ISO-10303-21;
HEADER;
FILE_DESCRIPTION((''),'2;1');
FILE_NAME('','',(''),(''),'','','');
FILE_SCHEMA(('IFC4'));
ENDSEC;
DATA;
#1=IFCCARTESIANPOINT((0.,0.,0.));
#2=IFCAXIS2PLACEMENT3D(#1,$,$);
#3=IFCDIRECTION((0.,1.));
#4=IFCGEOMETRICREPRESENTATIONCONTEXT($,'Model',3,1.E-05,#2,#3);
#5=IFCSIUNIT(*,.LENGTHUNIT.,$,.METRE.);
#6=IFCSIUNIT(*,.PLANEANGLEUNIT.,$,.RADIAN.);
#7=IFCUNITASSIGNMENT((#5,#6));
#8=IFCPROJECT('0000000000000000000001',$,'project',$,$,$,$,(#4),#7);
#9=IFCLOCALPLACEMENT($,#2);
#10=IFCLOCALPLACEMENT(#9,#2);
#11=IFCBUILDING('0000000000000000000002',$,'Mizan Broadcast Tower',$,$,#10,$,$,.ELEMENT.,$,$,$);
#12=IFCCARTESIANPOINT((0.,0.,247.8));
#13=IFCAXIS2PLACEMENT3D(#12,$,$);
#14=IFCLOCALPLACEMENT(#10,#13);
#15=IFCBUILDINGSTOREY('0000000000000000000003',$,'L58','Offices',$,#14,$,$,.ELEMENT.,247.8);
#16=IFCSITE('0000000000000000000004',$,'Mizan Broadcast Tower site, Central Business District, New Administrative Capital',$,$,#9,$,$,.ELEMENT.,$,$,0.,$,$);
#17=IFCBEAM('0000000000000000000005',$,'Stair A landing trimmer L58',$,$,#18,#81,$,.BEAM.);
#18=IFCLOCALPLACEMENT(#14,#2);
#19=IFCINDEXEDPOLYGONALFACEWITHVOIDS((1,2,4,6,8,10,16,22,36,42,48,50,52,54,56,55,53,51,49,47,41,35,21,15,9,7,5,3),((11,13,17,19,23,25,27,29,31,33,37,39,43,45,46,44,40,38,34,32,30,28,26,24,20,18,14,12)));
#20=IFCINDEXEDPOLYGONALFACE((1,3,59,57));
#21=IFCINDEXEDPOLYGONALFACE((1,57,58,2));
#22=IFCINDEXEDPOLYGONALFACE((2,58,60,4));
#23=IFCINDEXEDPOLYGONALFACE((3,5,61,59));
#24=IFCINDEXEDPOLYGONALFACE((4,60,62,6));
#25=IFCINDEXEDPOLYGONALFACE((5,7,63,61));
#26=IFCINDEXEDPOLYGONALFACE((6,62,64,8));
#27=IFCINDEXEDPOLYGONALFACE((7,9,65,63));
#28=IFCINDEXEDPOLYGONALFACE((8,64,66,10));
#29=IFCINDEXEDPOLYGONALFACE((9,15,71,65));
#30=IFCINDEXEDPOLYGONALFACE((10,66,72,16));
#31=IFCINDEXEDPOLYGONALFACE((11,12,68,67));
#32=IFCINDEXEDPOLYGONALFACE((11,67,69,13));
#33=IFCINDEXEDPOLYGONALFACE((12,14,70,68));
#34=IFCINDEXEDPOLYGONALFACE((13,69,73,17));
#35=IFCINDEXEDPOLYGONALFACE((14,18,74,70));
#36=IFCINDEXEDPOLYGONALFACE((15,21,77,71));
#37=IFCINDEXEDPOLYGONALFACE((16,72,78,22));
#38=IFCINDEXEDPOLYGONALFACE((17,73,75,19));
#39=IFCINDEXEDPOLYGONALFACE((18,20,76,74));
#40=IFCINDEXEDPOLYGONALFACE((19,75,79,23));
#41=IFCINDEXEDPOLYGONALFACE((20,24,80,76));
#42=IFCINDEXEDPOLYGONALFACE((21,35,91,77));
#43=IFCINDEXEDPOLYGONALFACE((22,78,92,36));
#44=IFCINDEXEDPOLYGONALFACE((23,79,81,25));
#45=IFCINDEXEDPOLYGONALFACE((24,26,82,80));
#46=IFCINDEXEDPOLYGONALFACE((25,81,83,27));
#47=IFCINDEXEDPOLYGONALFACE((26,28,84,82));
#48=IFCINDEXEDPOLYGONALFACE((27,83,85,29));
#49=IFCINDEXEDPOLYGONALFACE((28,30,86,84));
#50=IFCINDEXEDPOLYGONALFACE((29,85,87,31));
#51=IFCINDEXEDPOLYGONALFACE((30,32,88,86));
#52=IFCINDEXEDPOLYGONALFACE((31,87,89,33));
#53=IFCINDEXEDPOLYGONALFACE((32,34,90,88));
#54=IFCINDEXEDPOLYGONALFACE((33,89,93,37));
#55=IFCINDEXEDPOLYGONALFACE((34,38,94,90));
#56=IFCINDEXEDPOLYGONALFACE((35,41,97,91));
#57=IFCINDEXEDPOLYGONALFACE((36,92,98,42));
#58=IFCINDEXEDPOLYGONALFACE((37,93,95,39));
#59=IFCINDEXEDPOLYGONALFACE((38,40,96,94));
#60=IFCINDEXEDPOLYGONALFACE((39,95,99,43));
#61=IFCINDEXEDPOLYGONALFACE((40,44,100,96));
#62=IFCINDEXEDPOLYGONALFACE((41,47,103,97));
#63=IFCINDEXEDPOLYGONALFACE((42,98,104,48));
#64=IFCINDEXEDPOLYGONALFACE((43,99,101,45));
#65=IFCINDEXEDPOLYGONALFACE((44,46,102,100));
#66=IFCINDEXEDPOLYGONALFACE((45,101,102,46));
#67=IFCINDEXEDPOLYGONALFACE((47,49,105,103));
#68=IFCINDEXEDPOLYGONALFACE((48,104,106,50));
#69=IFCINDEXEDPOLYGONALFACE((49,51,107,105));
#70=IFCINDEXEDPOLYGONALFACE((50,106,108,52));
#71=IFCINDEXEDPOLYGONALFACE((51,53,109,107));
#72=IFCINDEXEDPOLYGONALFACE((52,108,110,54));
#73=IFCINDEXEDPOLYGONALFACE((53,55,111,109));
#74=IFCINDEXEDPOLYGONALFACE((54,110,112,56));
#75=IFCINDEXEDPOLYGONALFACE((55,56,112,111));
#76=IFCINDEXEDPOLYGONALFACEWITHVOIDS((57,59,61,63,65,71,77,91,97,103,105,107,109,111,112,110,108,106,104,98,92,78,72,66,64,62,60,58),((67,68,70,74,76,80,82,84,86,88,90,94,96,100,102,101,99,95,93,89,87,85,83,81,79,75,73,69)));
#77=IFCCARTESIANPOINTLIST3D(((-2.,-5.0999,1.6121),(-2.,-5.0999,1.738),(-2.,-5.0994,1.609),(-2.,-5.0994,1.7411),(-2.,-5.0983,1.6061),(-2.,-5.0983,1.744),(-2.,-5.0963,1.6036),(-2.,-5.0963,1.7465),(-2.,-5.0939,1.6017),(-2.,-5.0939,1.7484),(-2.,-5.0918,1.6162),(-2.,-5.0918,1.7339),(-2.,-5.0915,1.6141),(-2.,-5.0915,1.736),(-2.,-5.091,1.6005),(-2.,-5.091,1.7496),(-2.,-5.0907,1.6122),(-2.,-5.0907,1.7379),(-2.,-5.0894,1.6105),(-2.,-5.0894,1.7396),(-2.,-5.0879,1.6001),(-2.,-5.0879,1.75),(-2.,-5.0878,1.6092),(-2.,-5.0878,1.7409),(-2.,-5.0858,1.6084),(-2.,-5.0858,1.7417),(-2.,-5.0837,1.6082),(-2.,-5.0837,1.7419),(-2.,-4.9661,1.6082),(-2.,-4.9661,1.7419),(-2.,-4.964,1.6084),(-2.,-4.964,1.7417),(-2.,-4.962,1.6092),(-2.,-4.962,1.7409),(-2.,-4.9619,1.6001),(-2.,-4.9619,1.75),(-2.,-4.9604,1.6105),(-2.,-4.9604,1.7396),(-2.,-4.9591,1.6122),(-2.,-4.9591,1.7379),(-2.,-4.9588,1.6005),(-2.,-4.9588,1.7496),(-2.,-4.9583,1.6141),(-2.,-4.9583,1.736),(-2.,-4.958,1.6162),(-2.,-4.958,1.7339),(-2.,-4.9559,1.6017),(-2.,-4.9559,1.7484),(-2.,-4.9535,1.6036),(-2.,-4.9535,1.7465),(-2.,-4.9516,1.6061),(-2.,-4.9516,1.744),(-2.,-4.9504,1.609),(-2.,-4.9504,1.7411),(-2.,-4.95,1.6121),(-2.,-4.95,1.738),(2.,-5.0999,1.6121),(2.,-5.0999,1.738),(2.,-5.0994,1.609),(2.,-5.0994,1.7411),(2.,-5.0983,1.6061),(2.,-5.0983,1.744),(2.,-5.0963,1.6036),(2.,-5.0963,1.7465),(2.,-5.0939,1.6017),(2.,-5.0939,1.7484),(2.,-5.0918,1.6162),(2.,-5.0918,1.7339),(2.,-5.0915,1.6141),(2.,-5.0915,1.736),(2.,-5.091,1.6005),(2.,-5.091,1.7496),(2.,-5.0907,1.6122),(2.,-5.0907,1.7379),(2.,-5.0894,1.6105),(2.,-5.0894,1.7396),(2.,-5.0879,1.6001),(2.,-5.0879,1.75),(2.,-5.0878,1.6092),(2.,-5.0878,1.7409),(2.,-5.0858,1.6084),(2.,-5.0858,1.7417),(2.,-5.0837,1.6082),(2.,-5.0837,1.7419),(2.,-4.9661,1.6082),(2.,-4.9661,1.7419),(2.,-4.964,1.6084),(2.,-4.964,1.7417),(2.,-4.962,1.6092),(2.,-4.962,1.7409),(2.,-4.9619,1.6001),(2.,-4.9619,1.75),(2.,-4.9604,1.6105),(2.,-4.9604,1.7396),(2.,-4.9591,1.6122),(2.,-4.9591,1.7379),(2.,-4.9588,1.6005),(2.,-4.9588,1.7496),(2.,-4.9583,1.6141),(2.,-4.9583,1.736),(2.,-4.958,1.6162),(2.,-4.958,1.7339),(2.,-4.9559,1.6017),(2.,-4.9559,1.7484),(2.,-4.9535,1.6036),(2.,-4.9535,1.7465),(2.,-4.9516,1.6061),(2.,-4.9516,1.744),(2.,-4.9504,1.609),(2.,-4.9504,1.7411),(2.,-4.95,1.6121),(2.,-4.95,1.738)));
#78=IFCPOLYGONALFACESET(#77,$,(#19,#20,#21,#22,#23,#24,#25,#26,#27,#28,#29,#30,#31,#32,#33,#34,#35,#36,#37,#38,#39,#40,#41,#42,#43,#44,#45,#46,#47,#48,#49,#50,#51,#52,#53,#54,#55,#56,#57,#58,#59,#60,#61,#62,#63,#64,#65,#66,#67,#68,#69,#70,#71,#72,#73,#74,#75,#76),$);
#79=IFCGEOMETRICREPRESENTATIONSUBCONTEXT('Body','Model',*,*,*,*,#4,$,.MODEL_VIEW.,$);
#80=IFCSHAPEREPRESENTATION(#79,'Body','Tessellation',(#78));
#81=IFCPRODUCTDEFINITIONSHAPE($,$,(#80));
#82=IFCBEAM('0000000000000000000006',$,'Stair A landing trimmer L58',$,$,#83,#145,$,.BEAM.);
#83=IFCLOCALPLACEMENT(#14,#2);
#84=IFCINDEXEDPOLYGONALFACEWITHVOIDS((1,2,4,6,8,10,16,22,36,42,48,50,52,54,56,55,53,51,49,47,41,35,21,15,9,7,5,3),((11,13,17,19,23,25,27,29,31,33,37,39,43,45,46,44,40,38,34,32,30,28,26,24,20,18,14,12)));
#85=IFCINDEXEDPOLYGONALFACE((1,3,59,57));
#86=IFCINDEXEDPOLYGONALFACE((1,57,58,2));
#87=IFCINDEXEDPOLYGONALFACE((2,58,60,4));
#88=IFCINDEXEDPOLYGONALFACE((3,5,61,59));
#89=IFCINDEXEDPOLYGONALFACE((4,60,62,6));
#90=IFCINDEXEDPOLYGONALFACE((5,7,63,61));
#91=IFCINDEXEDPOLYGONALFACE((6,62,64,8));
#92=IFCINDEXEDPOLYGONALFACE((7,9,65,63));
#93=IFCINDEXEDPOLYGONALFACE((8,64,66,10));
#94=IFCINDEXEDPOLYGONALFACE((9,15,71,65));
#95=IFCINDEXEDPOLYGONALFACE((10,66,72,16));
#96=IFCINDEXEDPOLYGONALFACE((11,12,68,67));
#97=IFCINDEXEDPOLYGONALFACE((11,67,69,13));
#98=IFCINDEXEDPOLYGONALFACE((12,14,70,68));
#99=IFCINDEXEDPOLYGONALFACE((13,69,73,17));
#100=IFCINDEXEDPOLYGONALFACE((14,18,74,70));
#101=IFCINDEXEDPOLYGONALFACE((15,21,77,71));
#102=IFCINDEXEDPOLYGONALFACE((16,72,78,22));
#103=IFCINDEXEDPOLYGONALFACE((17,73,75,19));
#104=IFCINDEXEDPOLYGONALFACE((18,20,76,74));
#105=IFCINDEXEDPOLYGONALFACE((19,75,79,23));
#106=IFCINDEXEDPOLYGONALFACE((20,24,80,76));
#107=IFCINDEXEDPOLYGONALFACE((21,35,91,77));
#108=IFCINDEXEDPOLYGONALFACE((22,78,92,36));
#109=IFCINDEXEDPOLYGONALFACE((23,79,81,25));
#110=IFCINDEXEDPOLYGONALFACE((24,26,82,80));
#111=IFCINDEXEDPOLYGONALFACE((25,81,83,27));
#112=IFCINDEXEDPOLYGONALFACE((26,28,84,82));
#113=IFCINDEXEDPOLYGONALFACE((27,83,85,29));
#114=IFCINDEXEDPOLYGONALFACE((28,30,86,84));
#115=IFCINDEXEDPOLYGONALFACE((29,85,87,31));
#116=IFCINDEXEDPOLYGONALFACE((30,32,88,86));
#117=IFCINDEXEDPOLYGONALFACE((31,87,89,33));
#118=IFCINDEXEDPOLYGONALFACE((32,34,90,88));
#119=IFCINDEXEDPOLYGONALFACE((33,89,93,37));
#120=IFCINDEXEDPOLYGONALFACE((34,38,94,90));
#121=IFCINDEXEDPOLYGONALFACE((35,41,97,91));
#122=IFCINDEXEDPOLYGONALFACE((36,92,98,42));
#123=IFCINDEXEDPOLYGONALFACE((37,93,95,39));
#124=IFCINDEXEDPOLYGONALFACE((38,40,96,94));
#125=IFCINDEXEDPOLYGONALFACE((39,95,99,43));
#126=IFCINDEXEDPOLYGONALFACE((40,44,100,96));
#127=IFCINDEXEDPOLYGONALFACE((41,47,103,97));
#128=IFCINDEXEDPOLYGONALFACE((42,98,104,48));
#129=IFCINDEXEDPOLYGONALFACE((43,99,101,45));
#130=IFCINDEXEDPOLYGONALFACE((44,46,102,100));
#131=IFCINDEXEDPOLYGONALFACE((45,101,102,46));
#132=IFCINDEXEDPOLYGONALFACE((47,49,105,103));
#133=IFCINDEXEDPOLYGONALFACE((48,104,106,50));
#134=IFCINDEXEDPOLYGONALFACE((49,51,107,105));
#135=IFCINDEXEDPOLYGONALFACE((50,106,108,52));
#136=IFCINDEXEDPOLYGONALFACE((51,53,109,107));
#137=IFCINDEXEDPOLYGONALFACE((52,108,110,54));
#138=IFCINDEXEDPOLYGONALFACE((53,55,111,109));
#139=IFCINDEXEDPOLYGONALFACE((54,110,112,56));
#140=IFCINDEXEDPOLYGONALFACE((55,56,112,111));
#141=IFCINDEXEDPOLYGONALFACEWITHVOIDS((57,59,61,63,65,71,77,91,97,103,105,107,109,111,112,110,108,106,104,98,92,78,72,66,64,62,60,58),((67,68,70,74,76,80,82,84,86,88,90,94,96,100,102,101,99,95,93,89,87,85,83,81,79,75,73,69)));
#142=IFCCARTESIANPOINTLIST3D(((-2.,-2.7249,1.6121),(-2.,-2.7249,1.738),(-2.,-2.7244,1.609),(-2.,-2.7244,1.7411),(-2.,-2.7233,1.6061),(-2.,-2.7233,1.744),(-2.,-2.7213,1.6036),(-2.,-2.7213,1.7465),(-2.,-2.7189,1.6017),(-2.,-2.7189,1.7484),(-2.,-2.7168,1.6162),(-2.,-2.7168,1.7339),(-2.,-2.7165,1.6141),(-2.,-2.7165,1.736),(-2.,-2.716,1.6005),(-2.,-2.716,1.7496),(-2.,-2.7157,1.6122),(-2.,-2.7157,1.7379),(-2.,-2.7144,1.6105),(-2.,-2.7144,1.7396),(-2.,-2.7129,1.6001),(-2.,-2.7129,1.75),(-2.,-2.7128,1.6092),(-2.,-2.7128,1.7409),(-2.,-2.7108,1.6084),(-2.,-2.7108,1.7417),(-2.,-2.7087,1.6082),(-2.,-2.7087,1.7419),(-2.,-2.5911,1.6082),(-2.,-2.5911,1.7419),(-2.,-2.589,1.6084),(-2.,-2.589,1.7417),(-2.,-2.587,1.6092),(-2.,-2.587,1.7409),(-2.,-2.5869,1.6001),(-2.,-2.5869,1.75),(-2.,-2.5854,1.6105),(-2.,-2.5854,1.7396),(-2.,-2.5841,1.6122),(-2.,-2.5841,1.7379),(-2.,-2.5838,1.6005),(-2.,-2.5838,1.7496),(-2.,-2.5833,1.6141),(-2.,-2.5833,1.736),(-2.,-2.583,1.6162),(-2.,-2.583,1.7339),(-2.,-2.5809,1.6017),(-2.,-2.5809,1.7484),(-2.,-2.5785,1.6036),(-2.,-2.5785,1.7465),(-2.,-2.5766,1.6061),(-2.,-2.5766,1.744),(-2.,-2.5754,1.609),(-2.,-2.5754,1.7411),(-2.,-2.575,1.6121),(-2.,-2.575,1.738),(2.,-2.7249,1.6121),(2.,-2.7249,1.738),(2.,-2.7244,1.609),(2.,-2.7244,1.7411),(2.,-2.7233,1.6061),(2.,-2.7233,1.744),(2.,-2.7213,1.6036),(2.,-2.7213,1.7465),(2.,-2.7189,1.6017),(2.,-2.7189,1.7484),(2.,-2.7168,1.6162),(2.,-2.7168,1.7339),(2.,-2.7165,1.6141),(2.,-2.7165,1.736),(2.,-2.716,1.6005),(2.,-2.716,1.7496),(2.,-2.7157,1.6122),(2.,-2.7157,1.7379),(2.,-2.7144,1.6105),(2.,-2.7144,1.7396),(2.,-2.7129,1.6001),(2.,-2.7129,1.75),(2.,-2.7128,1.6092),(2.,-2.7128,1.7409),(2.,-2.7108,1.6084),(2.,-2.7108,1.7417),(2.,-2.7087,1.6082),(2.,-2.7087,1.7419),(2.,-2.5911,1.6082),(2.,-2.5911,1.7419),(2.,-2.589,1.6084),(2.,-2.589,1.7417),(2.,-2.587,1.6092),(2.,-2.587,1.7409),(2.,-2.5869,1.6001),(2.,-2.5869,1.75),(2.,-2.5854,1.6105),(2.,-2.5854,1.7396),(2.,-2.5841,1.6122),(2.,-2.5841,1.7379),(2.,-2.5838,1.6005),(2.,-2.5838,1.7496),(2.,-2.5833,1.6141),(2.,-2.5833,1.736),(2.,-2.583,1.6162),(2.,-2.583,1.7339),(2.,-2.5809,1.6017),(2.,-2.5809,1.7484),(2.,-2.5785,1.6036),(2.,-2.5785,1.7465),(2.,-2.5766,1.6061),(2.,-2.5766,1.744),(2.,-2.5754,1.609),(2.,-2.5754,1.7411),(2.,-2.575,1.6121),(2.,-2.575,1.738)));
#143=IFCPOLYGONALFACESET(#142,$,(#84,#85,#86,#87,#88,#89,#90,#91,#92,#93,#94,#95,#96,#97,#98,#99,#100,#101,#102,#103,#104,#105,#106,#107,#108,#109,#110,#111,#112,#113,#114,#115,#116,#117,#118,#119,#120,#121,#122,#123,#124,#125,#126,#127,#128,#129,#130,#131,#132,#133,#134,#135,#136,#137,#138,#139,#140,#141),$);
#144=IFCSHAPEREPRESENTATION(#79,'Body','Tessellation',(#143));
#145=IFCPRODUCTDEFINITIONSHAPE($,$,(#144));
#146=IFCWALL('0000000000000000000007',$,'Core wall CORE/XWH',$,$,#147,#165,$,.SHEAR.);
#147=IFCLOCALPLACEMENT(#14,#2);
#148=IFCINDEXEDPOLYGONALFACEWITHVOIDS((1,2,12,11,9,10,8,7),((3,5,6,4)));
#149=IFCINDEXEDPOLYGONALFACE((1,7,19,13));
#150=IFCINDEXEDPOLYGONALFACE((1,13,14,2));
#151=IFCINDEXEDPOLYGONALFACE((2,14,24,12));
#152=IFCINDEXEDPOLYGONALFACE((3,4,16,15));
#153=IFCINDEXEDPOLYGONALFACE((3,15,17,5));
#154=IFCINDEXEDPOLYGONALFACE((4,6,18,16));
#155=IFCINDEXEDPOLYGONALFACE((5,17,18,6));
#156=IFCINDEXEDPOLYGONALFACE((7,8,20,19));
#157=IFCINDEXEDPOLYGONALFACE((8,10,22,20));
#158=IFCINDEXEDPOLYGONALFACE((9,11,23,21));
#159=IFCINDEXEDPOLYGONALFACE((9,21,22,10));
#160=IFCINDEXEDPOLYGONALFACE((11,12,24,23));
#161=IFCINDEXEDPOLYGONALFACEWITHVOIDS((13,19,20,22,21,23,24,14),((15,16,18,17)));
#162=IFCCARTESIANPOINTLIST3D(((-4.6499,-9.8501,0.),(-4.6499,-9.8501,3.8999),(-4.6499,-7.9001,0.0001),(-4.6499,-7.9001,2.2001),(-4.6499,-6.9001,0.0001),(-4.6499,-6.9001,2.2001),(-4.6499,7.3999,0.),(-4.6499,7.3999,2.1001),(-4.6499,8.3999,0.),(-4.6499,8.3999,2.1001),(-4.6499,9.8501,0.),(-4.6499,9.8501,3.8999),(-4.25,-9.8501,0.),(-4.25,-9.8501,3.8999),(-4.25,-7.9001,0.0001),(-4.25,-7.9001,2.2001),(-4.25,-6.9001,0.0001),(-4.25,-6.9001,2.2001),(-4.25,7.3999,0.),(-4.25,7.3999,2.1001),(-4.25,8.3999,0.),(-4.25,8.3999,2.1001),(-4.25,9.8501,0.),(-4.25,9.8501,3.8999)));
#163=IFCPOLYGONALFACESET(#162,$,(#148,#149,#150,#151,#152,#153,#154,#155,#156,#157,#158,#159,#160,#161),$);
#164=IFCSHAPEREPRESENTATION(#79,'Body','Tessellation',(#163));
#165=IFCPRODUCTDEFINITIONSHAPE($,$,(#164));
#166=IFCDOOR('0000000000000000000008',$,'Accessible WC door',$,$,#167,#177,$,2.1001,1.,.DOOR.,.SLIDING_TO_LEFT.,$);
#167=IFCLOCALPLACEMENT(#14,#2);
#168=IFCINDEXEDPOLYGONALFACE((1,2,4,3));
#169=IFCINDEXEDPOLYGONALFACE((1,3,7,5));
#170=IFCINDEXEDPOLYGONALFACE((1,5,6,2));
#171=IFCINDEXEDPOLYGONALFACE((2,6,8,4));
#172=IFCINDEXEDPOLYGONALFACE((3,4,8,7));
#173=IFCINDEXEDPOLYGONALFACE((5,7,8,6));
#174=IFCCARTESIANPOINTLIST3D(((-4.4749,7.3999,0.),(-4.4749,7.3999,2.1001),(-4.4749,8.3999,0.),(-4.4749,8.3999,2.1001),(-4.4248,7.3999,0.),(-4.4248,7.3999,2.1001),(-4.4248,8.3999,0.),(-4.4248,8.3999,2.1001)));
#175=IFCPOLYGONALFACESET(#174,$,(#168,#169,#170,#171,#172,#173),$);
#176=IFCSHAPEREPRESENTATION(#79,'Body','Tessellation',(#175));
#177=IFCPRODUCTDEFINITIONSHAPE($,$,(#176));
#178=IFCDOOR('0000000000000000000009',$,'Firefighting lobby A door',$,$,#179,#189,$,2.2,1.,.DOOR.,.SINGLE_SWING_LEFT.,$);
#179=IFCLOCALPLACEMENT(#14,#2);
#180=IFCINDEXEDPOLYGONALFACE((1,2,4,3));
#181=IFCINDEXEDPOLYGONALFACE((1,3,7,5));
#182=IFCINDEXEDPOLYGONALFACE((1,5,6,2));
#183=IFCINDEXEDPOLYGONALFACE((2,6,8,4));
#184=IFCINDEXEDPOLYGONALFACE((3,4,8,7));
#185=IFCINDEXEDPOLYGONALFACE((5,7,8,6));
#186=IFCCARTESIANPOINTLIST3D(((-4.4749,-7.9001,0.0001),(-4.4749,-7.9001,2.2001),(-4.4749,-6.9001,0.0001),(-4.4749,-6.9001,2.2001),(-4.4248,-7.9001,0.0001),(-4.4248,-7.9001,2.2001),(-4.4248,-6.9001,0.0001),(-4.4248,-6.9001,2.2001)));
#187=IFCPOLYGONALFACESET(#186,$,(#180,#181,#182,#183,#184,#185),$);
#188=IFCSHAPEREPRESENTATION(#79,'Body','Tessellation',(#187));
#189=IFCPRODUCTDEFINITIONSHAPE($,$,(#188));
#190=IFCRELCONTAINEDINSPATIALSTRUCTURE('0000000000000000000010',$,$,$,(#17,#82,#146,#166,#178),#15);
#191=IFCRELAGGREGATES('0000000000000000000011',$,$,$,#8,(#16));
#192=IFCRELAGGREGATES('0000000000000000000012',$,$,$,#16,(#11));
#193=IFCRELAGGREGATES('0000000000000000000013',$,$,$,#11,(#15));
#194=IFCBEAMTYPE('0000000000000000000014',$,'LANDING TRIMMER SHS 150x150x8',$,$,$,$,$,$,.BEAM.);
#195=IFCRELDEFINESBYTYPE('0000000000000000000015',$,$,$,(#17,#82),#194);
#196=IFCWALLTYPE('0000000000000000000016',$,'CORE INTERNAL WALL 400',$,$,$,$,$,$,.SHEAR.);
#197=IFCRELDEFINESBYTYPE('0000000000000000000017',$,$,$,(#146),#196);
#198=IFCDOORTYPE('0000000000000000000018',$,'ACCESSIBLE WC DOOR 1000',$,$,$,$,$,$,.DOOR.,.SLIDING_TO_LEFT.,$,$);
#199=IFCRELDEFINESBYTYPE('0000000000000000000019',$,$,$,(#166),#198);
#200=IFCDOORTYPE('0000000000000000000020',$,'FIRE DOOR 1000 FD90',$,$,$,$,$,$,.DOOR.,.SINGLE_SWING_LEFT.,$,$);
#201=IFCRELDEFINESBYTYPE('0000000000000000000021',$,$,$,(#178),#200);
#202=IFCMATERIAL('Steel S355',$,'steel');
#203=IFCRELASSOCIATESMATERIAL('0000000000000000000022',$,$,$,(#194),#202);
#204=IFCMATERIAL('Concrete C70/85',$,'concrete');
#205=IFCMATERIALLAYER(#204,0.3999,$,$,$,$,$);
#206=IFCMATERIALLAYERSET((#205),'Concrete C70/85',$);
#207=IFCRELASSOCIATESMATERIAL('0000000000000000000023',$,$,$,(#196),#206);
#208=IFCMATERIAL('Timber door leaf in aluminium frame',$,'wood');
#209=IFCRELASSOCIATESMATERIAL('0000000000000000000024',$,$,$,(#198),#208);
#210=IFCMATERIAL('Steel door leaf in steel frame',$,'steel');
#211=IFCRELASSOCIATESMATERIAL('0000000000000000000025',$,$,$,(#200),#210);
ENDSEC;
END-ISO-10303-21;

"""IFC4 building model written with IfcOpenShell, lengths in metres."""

from ifc_helpers import new_model, si_unit, direction, frame, frame_2d, origin, origin_2d, place, context, subcontext, project, spatial, rectangle, hollow_rectangle, extrude, material, layer, layer_set, material_profile, profile_set, type_object, element, fill, save


model = new_model("IFC4")

# Units and contexts
model_context = context("Model", 3, precision=1e-05, world=origin(), true_north=direction((0.0, 1.0)))
body_context = subcontext(model_context, "Body", "Model", "MODEL_VIEW")
ifc_project = project(units=[si_unit("LENGTHUNIT", "METRE"), si_unit("PLANEANGLEUNIT", "RADIAN")], contexts=[model_context])

# Site, building, storey
site_placement = place(None, origin())
site = spatial("IfcSite", under=ifc_project, at=site_placement, Name="Mizan Broadcast Tower site, Central Business District, New Administrative Capital", CompositionType="ELEMENT", RefElevation=0.0)
building_placement = place(site_placement, origin())
building = spatial("IfcBuilding", under=site, at=building_placement, Name="Mizan Broadcast Tower", CompositionType="ELEMENT")
storey_placement = place(building_placement, frame((0.0, 0.0, 247.8)))
storey = spatial("IfcBuildingStorey", under=building, at=storey_placement, Name="L58", Description="Offices", CompositionType="ELEMENT", Elevation=247.8)

# Beams
ifc_material_1 = material(Name="Steel S355", Category="steel")
ifc_material_profile = material_profile(ifc_material_1, hollow_rectangle(XDim=0.1499, YDim=0.1499, WallThickness=0.0081, InnerFilletRadius=0.0081, OuterFilletRadius=0.012, at=origin_2d()), Name="SHS 150x150x8")
ifc_profile_set = profile_set([ifc_material_profile], Name="Steel S355")
beam_type = type_object("IfcBeamType", Name="LANDING TRIMMER SHS 150x150x8", PredefinedType="BEAM", material=ifc_profile_set)
for number, where, z_axis, x_axis, name in (
    (1, (-2.0, -5.0249, 1.675), (1.0, 0.0, 0.0), (0.0, 1.0, 0.0), "Stair A landing trimmer L58"),
    (2, (-2.0, -2.6499, 1.675), (1.0, 0.0, 0.0), (0.0, 1.0, 0.0), "Stair A landing trimmer L58"),
):
    element("IfcBeam", number, at=place(storey_placement, frame(where, z_axis=z_axis, x_axis=x_axis)), inside=storey, type_object=beam_type, Name=name, PredefinedType="BEAM", context=body_context, shape_type="SweptSolid", body=[
        extrude(hollow_rectangle(XDim=0.1499, YDim=0.1499, WallThickness=0.0081, InnerFilletRadius=0.0081, OuterFilletRadius=0.012, at=origin_2d()), origin(), (0.0, 0.0, 1.0), 4.0),
    ])

# Wall, openings, doors
ifc_material_2 = material(Name="Concrete C70/85", Category="concrete")
ifc_layer_1 = layer(ifc_material_2, 0.3999)
ifc_layer_set_1 = layer_set([ifc_layer_1], Name="Concrete C70/85")
wall_type_1 = type_object("IfcWallType", Name="CORE INTERNAL WALL 400", PredefinedType="SHEAR", material=ifc_layer_set_1)
wall_1_placement = place(storey_placement, frame((-4.45, -9.8501, 0.0), z_axis=(0.0, 0.0, 1.0), x_axis=(0.0, 1.0, 0.0)))
wall_1 = element("IfcWall", 3, at=wall_1_placement, inside=storey, type_object=wall_type_1, Name="Core wall CORE/XWH", PredefinedType="SHEAR", context=body_context, shape_type="SweptSolid", body=[
    extrude(rectangle(XDim=19.7002, YDim=0.3999, at=frame_2d((9.8501, 0.0))), origin(), (0.0, 0.0, 1.0), 3.8999),
])
opening_1_placement = place(wall_1_placement, frame((1.95, 0.0, 0.0)))
opening_1 = element("IfcOpeningElement", 4, at=opening_1_placement, cuts=wall_1, PredefinedType="OPENING", context=body_context, shape_type="SweptSolid", body=[
    extrude(rectangle(XDim=1.0, YDim=2.2, at=frame_2d((0.5, 1.1001))), frame((0.0, 0.21, 0.0), z_axis=(0.0, -1.0, 0.0), x_axis=(1.0, 0.0, 0.0)), (0.0, 0.0, 1.0), 0.4199),
])
opening_2_placement = place(wall_1_placement, frame((17.25, 0.0, 0.0)))
opening_2 = element("IfcOpeningElement", 5, at=opening_2_placement, cuts=wall_1, PredefinedType="OPENING", context=body_context, shape_type="SweptSolid", body=[
    extrude(rectangle(XDim=1.0, YDim=2.1001, at=frame_2d((0.5, 1.05))), frame((0.0, 0.21, 0.0), z_axis=(0.0, -1.0, 0.0), x_axis=(1.0, 0.0, 0.0)), (0.0, 0.0, 1.0), 0.4199),
])
ifc_material_3 = material(Name="Timber door leaf in aluminium frame", Category="wood")
door_type_1 = type_object("IfcDoorType", Name="ACCESSIBLE WC DOOR 1000", OperationType="SLIDING_TO_LEFT", PredefinedType="DOOR", material=ifc_material_3)
door_1_placement = place(opening_2_placement, origin())
door_1 = element("IfcDoor", 6, at=door_1_placement, inside=storey, type_object=door_type_1, Name="Accessible WC door", OperationType="SLIDING_TO_LEFT", OverallHeight=2.1001, OverallWidth=1.0, PredefinedType="DOOR", context=body_context, shape_type="SweptSolid", body=[
    extrude(rectangle(XDim=1.0, YDim=2.1001, at=frame_2d((0.5, 1.05))), frame((0.0, 0.0249, 0.0), z_axis=(0.0, -1.0, 0.0), x_axis=(1.0, 0.0, 0.0)), (0.0, 0.0, 1.0), 0.05),
])
fill(opening_2, door_1)
ifc_material_4 = material(Name="Steel door leaf in steel frame", Category="steel")
door_type_2 = type_object("IfcDoorType", Name="FIRE DOOR 1000 FD90", OperationType="SINGLE_SWING_LEFT", PredefinedType="DOOR", material=ifc_material_4)
door_2_placement = place(opening_1_placement, origin())
door_2 = element("IfcDoor", 7, at=door_2_placement, inside=storey, type_object=door_type_2, Name="Firefighting lobby A door", OperationType="SINGLE_SWING_LEFT", OverallHeight=2.2, OverallWidth=1.0, PredefinedType="DOOR", context=body_context, shape_type="SweptSolid", body=[
    extrude(rectangle(XDim=1.0, YDim=2.2, at=frame_2d((0.5, 1.1001))), frame((0.0, 0.0249, 0.0), z_axis=(0.0, -1.0, 0.0), x_axis=(1.0, 0.0, 0.0)), (0.0, 0.0, 1.0), 0.05),
])
fill(opening_1, door_2)

save(model, "model.ifc")
